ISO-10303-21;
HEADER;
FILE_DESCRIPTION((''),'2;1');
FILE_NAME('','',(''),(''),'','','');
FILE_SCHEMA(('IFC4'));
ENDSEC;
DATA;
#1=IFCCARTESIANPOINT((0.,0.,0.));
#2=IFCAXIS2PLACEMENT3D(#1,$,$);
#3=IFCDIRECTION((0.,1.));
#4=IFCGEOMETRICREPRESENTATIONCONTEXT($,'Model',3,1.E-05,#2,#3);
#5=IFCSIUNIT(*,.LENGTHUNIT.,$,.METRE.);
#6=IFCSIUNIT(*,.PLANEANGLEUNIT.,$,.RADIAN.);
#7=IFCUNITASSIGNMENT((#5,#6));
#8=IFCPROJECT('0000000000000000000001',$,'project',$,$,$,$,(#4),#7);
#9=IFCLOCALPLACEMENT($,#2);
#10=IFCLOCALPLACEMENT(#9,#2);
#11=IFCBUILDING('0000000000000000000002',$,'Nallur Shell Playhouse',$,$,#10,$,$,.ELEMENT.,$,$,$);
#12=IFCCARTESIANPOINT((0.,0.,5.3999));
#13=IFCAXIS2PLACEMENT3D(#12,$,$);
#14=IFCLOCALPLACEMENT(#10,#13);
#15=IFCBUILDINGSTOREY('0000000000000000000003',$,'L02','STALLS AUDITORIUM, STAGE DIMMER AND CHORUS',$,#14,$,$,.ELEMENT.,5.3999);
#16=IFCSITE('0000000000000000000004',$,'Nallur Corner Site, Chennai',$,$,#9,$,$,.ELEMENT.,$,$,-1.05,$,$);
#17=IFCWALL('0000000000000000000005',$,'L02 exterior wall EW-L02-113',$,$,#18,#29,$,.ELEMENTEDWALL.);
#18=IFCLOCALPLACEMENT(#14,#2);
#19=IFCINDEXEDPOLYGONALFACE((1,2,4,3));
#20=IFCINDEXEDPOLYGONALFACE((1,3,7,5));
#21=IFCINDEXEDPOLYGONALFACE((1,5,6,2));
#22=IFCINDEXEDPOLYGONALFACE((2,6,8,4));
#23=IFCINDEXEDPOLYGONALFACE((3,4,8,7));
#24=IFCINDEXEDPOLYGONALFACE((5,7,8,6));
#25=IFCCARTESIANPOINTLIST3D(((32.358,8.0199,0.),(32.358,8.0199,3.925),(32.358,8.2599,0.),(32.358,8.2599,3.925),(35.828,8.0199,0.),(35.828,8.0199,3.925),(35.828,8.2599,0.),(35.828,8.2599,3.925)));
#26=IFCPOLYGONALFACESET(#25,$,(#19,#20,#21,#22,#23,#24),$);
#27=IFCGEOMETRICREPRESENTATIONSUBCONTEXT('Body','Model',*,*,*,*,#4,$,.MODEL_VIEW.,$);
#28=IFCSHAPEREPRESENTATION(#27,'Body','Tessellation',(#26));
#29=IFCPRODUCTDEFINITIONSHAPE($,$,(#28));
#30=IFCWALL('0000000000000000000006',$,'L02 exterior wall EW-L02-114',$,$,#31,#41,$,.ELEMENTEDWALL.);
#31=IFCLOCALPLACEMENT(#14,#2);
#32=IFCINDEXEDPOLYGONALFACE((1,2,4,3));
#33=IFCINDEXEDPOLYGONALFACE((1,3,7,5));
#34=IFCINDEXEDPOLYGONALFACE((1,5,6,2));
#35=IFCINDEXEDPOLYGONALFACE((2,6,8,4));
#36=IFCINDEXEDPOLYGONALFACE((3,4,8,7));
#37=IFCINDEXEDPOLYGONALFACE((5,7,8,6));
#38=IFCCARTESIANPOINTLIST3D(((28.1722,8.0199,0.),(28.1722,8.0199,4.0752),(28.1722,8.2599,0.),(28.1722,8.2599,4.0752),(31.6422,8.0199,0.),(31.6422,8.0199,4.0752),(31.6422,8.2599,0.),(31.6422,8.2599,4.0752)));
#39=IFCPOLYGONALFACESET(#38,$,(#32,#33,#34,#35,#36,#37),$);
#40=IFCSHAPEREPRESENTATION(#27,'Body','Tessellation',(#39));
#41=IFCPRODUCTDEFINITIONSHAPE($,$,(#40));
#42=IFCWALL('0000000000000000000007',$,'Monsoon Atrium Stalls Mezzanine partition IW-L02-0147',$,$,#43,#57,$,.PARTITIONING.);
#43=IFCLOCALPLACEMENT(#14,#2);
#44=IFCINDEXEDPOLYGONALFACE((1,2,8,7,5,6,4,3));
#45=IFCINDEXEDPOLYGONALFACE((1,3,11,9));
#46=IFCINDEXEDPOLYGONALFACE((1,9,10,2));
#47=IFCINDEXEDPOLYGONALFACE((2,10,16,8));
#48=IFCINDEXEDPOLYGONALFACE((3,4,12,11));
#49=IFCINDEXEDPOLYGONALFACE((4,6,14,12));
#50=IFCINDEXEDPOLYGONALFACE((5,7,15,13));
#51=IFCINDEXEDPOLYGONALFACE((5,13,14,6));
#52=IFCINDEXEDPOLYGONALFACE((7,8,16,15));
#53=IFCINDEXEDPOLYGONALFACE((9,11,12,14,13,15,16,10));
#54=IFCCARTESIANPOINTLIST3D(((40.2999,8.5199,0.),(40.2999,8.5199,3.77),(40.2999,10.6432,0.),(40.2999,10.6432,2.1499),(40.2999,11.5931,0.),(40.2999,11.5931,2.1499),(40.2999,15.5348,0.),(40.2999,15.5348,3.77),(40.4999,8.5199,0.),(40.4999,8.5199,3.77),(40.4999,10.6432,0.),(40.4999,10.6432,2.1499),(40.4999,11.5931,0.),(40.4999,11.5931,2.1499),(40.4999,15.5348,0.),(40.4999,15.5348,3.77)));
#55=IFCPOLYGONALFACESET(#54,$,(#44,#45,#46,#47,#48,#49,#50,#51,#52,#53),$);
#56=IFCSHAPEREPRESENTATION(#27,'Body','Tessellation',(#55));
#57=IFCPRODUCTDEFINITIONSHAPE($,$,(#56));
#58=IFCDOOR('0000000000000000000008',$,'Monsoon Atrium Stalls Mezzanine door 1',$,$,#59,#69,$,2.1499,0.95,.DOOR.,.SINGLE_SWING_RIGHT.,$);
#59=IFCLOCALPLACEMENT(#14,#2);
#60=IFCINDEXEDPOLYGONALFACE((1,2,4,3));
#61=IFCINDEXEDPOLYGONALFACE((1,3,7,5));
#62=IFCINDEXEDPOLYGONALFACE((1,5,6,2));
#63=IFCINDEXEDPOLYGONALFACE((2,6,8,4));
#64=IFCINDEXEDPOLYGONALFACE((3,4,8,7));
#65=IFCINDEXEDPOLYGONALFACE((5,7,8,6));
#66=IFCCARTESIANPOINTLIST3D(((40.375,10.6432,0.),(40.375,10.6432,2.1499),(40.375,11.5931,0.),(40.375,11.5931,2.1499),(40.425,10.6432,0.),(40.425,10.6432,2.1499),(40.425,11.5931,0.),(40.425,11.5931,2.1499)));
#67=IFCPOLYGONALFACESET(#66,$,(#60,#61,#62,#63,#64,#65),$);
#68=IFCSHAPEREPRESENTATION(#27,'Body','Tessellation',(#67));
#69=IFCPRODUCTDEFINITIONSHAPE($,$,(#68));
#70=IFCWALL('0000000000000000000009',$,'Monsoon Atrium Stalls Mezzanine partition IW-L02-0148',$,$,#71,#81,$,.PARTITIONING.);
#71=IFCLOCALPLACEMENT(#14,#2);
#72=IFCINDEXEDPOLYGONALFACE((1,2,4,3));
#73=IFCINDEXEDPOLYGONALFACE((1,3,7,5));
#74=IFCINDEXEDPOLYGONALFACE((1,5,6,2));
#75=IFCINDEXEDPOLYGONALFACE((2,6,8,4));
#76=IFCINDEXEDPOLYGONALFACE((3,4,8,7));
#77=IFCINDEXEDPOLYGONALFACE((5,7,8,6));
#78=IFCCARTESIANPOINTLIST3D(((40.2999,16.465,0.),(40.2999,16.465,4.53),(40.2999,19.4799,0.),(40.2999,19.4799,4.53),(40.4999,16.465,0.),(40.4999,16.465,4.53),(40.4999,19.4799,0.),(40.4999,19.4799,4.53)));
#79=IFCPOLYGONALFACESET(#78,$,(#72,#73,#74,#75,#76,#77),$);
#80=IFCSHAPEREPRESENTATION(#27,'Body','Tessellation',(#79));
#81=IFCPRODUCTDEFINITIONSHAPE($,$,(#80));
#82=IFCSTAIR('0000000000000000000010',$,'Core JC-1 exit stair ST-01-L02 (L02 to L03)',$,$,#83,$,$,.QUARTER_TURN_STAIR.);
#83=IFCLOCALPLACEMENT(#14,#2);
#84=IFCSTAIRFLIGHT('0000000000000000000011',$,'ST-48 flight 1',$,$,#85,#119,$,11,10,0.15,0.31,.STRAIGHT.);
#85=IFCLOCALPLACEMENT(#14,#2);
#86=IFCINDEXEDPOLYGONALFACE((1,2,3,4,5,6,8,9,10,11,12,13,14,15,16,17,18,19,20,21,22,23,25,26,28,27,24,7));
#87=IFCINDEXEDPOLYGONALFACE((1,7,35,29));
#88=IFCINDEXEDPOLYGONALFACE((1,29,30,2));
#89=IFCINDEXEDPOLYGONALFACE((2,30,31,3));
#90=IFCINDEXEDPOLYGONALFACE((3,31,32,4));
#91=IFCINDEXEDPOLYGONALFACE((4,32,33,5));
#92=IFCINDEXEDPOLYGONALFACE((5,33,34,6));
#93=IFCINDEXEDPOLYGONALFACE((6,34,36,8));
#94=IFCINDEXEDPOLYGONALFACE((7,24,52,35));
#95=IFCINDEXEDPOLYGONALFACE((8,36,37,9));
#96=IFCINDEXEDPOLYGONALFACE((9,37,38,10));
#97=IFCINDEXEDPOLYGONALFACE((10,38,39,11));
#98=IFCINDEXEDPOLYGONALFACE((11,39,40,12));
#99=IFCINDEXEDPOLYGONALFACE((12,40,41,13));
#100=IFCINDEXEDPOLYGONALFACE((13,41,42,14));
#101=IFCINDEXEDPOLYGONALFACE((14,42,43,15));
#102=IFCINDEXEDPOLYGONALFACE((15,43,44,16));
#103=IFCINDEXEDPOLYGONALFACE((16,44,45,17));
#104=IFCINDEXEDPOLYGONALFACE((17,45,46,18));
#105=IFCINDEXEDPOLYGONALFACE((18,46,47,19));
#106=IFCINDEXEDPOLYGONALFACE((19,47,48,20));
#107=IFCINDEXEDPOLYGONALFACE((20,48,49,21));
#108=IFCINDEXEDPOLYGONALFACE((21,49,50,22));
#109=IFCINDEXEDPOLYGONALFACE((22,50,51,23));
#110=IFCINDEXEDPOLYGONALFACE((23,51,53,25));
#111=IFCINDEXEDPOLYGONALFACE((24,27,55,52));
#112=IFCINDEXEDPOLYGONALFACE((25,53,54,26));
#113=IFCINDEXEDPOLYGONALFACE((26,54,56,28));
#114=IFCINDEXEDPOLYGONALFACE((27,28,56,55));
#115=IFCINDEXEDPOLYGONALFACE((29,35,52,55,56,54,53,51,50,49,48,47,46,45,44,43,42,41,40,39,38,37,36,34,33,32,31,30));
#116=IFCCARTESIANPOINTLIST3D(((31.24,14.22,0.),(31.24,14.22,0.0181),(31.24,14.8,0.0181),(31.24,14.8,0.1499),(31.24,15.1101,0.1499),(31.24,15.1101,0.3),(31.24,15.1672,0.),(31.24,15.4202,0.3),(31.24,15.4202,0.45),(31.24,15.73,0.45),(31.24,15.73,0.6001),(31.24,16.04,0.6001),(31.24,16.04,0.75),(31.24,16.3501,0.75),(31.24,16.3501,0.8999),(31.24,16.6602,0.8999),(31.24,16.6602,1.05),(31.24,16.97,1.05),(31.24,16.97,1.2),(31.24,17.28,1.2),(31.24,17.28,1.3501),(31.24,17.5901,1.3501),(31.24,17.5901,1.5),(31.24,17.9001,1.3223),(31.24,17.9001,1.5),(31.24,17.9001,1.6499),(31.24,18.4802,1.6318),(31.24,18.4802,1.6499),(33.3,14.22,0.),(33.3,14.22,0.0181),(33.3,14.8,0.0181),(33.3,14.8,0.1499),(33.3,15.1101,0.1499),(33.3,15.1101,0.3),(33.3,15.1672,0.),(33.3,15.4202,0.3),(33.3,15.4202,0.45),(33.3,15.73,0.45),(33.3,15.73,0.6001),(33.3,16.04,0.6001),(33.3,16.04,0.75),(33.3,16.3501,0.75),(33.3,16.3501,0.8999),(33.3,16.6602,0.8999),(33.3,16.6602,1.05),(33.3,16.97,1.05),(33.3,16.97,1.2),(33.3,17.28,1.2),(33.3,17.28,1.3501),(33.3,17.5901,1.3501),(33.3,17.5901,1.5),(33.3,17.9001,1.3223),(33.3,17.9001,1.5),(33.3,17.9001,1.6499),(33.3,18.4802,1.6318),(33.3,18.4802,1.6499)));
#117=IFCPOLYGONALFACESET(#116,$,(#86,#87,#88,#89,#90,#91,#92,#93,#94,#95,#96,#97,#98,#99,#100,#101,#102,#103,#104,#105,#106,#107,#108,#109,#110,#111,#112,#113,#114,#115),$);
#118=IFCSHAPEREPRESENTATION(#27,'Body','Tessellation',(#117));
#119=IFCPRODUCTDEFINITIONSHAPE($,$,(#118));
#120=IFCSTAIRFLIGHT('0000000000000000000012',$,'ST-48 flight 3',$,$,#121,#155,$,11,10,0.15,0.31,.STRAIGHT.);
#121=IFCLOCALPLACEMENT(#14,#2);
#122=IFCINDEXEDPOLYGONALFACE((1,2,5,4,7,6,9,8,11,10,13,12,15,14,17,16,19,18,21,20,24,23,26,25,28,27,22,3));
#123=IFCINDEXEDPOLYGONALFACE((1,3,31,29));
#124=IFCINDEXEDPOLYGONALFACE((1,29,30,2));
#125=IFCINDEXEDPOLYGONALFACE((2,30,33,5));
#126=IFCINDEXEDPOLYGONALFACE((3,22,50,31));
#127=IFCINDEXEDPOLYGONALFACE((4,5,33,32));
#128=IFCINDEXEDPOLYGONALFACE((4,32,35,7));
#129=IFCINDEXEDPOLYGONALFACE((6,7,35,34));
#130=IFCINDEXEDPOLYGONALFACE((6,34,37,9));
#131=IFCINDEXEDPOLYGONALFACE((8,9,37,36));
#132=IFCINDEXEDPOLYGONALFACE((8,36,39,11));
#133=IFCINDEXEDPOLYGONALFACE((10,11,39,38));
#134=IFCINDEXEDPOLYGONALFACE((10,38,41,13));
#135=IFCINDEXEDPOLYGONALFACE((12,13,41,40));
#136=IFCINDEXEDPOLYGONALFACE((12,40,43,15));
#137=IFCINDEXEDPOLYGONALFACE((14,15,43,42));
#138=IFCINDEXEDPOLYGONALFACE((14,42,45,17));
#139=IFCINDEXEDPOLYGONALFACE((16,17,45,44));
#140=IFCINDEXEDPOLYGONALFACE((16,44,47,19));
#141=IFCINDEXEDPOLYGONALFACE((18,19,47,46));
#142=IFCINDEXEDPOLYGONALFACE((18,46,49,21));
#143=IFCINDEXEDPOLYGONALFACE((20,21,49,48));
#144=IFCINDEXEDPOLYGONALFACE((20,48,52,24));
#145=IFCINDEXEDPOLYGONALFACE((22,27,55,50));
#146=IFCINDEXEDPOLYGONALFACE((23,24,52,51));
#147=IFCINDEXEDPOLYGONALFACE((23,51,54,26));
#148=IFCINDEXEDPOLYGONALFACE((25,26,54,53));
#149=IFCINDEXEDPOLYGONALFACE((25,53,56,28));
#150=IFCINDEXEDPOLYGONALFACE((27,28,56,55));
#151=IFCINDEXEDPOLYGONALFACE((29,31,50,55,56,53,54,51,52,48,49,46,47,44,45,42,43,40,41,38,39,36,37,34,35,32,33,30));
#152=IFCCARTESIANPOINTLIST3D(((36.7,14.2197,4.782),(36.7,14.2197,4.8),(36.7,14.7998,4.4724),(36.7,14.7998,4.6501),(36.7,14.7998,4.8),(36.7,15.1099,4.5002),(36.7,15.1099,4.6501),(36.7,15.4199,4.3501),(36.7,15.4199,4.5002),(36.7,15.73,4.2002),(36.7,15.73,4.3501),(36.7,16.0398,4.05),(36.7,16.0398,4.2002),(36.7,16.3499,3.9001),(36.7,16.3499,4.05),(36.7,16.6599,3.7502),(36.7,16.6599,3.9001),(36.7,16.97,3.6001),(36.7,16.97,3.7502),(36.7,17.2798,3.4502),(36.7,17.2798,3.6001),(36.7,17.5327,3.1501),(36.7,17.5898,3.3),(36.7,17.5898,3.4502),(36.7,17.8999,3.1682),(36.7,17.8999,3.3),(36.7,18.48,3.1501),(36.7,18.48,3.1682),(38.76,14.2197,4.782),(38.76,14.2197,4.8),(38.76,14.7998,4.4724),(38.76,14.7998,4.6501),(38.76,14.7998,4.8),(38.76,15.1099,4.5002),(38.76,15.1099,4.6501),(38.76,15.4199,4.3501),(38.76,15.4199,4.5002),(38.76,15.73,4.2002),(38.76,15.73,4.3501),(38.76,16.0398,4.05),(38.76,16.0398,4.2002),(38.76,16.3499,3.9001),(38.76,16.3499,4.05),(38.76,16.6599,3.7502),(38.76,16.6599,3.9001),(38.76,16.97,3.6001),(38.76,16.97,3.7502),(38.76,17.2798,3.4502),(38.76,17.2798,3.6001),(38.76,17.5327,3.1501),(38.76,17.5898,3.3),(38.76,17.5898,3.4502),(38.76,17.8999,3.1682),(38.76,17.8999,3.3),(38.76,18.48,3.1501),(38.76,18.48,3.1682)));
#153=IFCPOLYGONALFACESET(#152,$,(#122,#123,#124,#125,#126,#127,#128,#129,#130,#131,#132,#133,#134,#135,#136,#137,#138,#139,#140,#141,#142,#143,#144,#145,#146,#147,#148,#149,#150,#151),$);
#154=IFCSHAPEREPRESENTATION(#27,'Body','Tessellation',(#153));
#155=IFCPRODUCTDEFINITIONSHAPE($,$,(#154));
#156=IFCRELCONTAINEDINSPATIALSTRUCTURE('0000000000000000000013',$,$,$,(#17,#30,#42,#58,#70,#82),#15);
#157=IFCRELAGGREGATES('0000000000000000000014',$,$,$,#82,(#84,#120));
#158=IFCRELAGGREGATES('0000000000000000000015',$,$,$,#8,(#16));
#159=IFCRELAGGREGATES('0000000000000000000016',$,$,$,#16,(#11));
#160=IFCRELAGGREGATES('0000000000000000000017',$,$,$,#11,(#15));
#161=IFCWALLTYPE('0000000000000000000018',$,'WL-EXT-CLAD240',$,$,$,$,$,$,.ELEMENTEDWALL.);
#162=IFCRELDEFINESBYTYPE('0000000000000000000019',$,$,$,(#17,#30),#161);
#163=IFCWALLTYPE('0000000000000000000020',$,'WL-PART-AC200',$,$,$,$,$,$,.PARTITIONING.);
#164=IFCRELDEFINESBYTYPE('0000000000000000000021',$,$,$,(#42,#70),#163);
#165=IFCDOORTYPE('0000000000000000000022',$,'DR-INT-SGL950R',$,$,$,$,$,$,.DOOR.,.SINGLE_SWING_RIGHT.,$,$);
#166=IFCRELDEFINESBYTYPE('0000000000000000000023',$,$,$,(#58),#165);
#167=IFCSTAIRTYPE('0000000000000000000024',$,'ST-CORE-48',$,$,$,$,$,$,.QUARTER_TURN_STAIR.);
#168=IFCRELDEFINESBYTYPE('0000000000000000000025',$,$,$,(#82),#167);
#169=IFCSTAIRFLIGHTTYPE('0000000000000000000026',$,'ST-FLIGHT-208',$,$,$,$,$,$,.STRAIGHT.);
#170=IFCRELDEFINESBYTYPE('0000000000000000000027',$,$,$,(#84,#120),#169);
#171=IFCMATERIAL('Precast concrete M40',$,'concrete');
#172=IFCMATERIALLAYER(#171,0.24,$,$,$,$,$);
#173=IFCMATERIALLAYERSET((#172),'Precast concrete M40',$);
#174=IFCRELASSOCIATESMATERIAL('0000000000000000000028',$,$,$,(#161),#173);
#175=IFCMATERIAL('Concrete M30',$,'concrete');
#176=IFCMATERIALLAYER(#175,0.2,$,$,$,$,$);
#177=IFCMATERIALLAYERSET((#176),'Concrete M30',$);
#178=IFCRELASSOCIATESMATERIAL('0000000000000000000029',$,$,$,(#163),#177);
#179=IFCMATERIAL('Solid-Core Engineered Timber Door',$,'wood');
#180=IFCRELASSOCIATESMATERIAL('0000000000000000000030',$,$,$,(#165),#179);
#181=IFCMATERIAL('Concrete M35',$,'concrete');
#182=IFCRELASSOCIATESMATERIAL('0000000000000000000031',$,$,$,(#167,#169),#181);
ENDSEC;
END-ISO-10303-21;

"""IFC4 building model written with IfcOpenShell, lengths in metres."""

from ifc_helpers import new_model, si_unit, direction, frame, frame_2d, origin, place, context, subcontext, project, spatial, polyline, rectangle, outline, extrude, material, layer, layer_set, type_object, element, fill, aggregate, save


model = new_model("IFC4")

# Units and contexts
model_context = context("Model", 3, precision=1e-05, world=origin(), true_north=direction((0.0, 1.0)))
body_context = subcontext(model_context, "Body", "Model", "MODEL_VIEW")
ifc_project = project(units=[si_unit("LENGTHUNIT", "METRE"), si_unit("PLANEANGLEUNIT", "RADIAN")], contexts=[model_context])

# Site, building, storey
site_placement = place(None, origin())
site = spatial("IfcSite", under=ifc_project, at=site_placement, Name="Nallur Corner Site, Chennai", CompositionType="ELEMENT", RefElevation=-1.05)
building_placement = place(site_placement, origin())
building = spatial("IfcBuilding", under=site, at=building_placement, Name="Nallur Shell Playhouse", CompositionType="ELEMENT")
storey_placement = place(building_placement, frame((0.0, 0.0, 5.3999)))
storey = spatial("IfcBuildingStorey", under=building, at=storey_placement, Name="L02", Description="STALLS AUDITORIUM, STAGE DIMMER AND CHORUS", CompositionType="ELEMENT", Elevation=5.3999)

# Shared definitions
ifc_material_1 = material(Name="Concrete M35", Category="concrete")

# Walls
ifc_material_2 = material(Name="Precast concrete M40", Category="concrete")
ifc_layer_1 = layer(ifc_material_2, 0.24)
ifc_layer_set_1 = layer_set([ifc_layer_1], Name="Precast concrete M40")
wall_type_1 = type_object("IfcWallType", Name="WL-EXT-CLAD240", PredefinedType="ELEMENTEDWALL", material=ifc_layer_set_1)
wall_1_placement = place(storey_placement, frame((35.8279, 8.1399, 0.0), z_axis=(0.0, 0.0, 1.0), x_axis=(-1.0, 0.0, 0.0)))
element("IfcWall", 1, at=wall_1_placement, inside=storey, type_object=wall_type_1, Name="L02 exterior wall EW-L02-113", PredefinedType="ELEMENTEDWALL", context=body_context, shape_type="SweptSolid", body=[
    extrude(rectangle(XDim=3.47, YDim=0.24, at=frame_2d((1.7349, 0.0))), origin(), (0.0, 0.0, 1.0), 3.925),
])
wall_2_placement = place(storey_placement, frame((31.6421, 8.1399, 0.0), z_axis=(0.0, 0.0, 1.0), x_axis=(-1.0, 0.0, 0.0)))
element("IfcWall", 2, at=wall_2_placement, inside=storey, type_object=wall_type_1, Name="L02 exterior wall EW-L02-114", PredefinedType="ELEMENTEDWALL", context=body_context, shape_type="SweptSolid", body=[
    extrude(rectangle(XDim=3.47, YDim=0.24, at=frame_2d((1.7349, 0.0))), origin(), (0.0, 0.0, 1.0), 4.0752),
])

# Wall, opening, door
ifc_material_3 = material(Name="Concrete M30", Category="concrete")
ifc_layer_2 = layer(ifc_material_3, 0.2)
ifc_layer_set_2 = layer_set([ifc_layer_2], Name="Concrete M30")
wall_type_2 = type_object("IfcWallType", Name="WL-PART-AC200", PredefinedType="PARTITIONING", material=ifc_layer_set_2)
wall_3_placement = place(storey_placement, frame((40.3999, 8.52, 0.0), z_axis=(0.0, 0.0, 1.0), x_axis=(0.0, 1.0, 0.0)))
wall_3 = element("IfcWall", 3, at=wall_3_placement, inside=storey, type_object=wall_type_2, Name="Monsoon Atrium Stalls Mezzanine partition IW-L02-0147", PredefinedType="PARTITIONING", context=body_context, shape_type="SweptSolid", body=[
    extrude(rectangle(XDim=7.0149, YDim=0.2, at=frame_2d((3.5073, 0.0))), origin(), (0.0, 0.0, 1.0), 3.77),
])
opening_placement = place(wall_3_placement, frame((2.123, 0.0, 0.0)))
opening = element("IfcOpeningElement", 4, at=opening_placement, cuts=wall_3, PredefinedType="OPENING", context=body_context, shape_type="SweptSolid", body=[
    extrude(rectangle(XDim=0.95, YDim=2.1499, at=frame_2d((0.4751, 1.075))), frame((0.0, 0.1099, 0.0), z_axis=(0.0, -1.0, 0.0), x_axis=(1.0, 0.0, 0.0)), (0.0, 0.0, 1.0), 0.22),
])
ifc_material_4 = material(Name="Solid-Core Engineered Timber Door", Category="wood")
door_type = type_object("IfcDoorType", Name="DR-INT-SGL950R", OperationType="SINGLE_SWING_RIGHT", PredefinedType="DOOR", material=ifc_material_4)
door_placement = place(opening_placement, origin())
door = element("IfcDoor", 5, at=door_placement, inside=storey, type_object=door_type, Name="Monsoon Atrium Stalls Mezzanine door 1", OperationType="SINGLE_SWING_RIGHT", OverallHeight=2.1499, OverallWidth=0.95, PredefinedType="DOOR", context=body_context, shape_type="SweptSolid", body=[
    extrude(rectangle(XDim=0.95, YDim=2.1499, at=frame_2d((0.4751, 1.075))), frame((0.0, 0.0249, 0.0), z_axis=(0.0, -1.0, 0.0), x_axis=(1.0, 0.0, 0.0)), (0.0, 0.0, 1.0), 0.05),
])
fill(opening, door)

# Wall
wall_4_placement = place(storey_placement, frame((40.3999, 16.4651, 0.0), z_axis=(0.0, 0.0, 1.0), x_axis=(0.0, 1.0, 0.0)))
element("IfcWall", 6, at=wall_4_placement, inside=storey, type_object=wall_type_2, Name="Monsoon Atrium Stalls Mezzanine partition IW-L02-0148", PredefinedType="PARTITIONING", context=body_context, shape_type="SweptSolid", body=[
    extrude(rectangle(XDim=3.0149, YDim=0.2, at=frame_2d((1.5073, 0.0))), origin(), (0.0, 0.0, 1.0), 4.53),
])

# Stair, stair flights
stair_type = type_object("IfcStairType", Name="ST-CORE-48", PredefinedType="QUARTER_TURN_STAIR", material=ifc_material_1)
stair_placement = place(storey_placement, origin())
stair = element("IfcStair", 7, at=stair_placement, inside=storey, type_object=stair_type, Name="Core JC-1 exit stair ST-01-L02 (L02 to L03)", PredefinedType="QUARTER_TURN_STAIR")
stair_flight_type = type_object("IfcStairFlightType", Name="ST-FLIGHT-208", PredefinedType="STRAIGHT", material=ifc_material_1)
stair_flight_1_placement = place(storey_placement, frame((32.27, 14.8, 0.0), z_axis=(0.0, 0.0, 1.0), x_axis=(0.0, 1.0, 0.0)))
stair_flight_1 = element("IfcStairFlight", 8, at=stair_flight_1_placement, type_object=stair_flight_type, Name="ST-48 flight 1", NumberOfRisers=11, NumberOfTreads=10, PredefinedType="STRAIGHT", RiserHeight=0.15, TreadLength=0.31, context=body_context, shape_type="SweptSolid", body=[
    extrude(outline(polyline([(-0.5801, 0.0), (-0.5801, 0.0181), (0.0, 0.0181), (0.0, 0.1499), (0.3101, 0.1499), (0.3101, 0.3), (0.6201, 0.3), (0.6201, 0.45), (0.9299, 0.45), (0.9299, 0.6001), (1.24, 0.6001), (1.24, 0.75), (1.55, 0.75), (1.55, 0.8999), (1.8601, 0.8999), (1.8601, 1.05), (2.1699, 1.05), (2.1699, 1.2), (2.48, 1.2), (2.48, 1.3501), (2.79, 1.3501), (2.79, 1.5), (3.1001, 1.5), (3.1001, 1.6499), (3.6802, 1.6499), (3.6802, 1.6318), (3.1001, 1.3223), (0.3672, 0.0), (-0.5801, 0.0)])), frame((0.0, 1.03, 0.0), z_axis=(0.0, -1.0, 0.0), x_axis=(1.0, 0.0, 0.0)), (0.0, 0.0, 1.0), 2.0601),
])
stair_flight_2_placement = place(storey_placement, frame((37.73, 17.8999, 3.1501), z_axis=(0.0, 0.0, 1.0), x_axis=(0.0, -1.0, 0.0)))
stair_flight_2 = element("IfcStairFlight", 9, at=stair_flight_2_placement, type_object=stair_flight_type, Name="ST-48 flight 3", NumberOfRisers=11, NumberOfTreads=10, PredefinedType="STRAIGHT", RiserHeight=0.15, TreadLength=0.31, context=body_context, shape_type="SweptSolid", body=[
    extrude(outline(polyline([(-0.5801, 0.0), (-0.5801, 0.0181), (0.0, 0.0181), (0.0, 0.1499), (0.3101, 0.1499), (0.3101, 0.3), (0.6201, 0.3), (0.6201, 0.45), (0.9299, 0.45), (0.9299, 0.6001), (1.24, 0.6001), (1.24, 0.75), (1.55, 0.75), (1.55, 0.8999), (1.8601, 0.8999), (1.8601, 1.05), (2.1699, 1.05), (2.1699, 1.2), (2.48, 1.2), (2.48, 1.3501), (2.79, 1.3501), (2.79, 1.5), (3.1001, 1.5), (3.1001, 1.6499), (3.6802, 1.6499), (3.6802, 1.6318), (3.1001, 1.3223), (0.3672, 0.0), (-0.5801, 0.0)])), frame((0.0, 1.03, 0.0), z_axis=(0.0, -1.0, 0.0), x_axis=(1.0, 0.0, 0.0)), (0.0, 0.0, 1.0), 2.0601),
])
aggregate(stair, [stair_flight_1, stair_flight_2])

save(model, "model.ifc")
